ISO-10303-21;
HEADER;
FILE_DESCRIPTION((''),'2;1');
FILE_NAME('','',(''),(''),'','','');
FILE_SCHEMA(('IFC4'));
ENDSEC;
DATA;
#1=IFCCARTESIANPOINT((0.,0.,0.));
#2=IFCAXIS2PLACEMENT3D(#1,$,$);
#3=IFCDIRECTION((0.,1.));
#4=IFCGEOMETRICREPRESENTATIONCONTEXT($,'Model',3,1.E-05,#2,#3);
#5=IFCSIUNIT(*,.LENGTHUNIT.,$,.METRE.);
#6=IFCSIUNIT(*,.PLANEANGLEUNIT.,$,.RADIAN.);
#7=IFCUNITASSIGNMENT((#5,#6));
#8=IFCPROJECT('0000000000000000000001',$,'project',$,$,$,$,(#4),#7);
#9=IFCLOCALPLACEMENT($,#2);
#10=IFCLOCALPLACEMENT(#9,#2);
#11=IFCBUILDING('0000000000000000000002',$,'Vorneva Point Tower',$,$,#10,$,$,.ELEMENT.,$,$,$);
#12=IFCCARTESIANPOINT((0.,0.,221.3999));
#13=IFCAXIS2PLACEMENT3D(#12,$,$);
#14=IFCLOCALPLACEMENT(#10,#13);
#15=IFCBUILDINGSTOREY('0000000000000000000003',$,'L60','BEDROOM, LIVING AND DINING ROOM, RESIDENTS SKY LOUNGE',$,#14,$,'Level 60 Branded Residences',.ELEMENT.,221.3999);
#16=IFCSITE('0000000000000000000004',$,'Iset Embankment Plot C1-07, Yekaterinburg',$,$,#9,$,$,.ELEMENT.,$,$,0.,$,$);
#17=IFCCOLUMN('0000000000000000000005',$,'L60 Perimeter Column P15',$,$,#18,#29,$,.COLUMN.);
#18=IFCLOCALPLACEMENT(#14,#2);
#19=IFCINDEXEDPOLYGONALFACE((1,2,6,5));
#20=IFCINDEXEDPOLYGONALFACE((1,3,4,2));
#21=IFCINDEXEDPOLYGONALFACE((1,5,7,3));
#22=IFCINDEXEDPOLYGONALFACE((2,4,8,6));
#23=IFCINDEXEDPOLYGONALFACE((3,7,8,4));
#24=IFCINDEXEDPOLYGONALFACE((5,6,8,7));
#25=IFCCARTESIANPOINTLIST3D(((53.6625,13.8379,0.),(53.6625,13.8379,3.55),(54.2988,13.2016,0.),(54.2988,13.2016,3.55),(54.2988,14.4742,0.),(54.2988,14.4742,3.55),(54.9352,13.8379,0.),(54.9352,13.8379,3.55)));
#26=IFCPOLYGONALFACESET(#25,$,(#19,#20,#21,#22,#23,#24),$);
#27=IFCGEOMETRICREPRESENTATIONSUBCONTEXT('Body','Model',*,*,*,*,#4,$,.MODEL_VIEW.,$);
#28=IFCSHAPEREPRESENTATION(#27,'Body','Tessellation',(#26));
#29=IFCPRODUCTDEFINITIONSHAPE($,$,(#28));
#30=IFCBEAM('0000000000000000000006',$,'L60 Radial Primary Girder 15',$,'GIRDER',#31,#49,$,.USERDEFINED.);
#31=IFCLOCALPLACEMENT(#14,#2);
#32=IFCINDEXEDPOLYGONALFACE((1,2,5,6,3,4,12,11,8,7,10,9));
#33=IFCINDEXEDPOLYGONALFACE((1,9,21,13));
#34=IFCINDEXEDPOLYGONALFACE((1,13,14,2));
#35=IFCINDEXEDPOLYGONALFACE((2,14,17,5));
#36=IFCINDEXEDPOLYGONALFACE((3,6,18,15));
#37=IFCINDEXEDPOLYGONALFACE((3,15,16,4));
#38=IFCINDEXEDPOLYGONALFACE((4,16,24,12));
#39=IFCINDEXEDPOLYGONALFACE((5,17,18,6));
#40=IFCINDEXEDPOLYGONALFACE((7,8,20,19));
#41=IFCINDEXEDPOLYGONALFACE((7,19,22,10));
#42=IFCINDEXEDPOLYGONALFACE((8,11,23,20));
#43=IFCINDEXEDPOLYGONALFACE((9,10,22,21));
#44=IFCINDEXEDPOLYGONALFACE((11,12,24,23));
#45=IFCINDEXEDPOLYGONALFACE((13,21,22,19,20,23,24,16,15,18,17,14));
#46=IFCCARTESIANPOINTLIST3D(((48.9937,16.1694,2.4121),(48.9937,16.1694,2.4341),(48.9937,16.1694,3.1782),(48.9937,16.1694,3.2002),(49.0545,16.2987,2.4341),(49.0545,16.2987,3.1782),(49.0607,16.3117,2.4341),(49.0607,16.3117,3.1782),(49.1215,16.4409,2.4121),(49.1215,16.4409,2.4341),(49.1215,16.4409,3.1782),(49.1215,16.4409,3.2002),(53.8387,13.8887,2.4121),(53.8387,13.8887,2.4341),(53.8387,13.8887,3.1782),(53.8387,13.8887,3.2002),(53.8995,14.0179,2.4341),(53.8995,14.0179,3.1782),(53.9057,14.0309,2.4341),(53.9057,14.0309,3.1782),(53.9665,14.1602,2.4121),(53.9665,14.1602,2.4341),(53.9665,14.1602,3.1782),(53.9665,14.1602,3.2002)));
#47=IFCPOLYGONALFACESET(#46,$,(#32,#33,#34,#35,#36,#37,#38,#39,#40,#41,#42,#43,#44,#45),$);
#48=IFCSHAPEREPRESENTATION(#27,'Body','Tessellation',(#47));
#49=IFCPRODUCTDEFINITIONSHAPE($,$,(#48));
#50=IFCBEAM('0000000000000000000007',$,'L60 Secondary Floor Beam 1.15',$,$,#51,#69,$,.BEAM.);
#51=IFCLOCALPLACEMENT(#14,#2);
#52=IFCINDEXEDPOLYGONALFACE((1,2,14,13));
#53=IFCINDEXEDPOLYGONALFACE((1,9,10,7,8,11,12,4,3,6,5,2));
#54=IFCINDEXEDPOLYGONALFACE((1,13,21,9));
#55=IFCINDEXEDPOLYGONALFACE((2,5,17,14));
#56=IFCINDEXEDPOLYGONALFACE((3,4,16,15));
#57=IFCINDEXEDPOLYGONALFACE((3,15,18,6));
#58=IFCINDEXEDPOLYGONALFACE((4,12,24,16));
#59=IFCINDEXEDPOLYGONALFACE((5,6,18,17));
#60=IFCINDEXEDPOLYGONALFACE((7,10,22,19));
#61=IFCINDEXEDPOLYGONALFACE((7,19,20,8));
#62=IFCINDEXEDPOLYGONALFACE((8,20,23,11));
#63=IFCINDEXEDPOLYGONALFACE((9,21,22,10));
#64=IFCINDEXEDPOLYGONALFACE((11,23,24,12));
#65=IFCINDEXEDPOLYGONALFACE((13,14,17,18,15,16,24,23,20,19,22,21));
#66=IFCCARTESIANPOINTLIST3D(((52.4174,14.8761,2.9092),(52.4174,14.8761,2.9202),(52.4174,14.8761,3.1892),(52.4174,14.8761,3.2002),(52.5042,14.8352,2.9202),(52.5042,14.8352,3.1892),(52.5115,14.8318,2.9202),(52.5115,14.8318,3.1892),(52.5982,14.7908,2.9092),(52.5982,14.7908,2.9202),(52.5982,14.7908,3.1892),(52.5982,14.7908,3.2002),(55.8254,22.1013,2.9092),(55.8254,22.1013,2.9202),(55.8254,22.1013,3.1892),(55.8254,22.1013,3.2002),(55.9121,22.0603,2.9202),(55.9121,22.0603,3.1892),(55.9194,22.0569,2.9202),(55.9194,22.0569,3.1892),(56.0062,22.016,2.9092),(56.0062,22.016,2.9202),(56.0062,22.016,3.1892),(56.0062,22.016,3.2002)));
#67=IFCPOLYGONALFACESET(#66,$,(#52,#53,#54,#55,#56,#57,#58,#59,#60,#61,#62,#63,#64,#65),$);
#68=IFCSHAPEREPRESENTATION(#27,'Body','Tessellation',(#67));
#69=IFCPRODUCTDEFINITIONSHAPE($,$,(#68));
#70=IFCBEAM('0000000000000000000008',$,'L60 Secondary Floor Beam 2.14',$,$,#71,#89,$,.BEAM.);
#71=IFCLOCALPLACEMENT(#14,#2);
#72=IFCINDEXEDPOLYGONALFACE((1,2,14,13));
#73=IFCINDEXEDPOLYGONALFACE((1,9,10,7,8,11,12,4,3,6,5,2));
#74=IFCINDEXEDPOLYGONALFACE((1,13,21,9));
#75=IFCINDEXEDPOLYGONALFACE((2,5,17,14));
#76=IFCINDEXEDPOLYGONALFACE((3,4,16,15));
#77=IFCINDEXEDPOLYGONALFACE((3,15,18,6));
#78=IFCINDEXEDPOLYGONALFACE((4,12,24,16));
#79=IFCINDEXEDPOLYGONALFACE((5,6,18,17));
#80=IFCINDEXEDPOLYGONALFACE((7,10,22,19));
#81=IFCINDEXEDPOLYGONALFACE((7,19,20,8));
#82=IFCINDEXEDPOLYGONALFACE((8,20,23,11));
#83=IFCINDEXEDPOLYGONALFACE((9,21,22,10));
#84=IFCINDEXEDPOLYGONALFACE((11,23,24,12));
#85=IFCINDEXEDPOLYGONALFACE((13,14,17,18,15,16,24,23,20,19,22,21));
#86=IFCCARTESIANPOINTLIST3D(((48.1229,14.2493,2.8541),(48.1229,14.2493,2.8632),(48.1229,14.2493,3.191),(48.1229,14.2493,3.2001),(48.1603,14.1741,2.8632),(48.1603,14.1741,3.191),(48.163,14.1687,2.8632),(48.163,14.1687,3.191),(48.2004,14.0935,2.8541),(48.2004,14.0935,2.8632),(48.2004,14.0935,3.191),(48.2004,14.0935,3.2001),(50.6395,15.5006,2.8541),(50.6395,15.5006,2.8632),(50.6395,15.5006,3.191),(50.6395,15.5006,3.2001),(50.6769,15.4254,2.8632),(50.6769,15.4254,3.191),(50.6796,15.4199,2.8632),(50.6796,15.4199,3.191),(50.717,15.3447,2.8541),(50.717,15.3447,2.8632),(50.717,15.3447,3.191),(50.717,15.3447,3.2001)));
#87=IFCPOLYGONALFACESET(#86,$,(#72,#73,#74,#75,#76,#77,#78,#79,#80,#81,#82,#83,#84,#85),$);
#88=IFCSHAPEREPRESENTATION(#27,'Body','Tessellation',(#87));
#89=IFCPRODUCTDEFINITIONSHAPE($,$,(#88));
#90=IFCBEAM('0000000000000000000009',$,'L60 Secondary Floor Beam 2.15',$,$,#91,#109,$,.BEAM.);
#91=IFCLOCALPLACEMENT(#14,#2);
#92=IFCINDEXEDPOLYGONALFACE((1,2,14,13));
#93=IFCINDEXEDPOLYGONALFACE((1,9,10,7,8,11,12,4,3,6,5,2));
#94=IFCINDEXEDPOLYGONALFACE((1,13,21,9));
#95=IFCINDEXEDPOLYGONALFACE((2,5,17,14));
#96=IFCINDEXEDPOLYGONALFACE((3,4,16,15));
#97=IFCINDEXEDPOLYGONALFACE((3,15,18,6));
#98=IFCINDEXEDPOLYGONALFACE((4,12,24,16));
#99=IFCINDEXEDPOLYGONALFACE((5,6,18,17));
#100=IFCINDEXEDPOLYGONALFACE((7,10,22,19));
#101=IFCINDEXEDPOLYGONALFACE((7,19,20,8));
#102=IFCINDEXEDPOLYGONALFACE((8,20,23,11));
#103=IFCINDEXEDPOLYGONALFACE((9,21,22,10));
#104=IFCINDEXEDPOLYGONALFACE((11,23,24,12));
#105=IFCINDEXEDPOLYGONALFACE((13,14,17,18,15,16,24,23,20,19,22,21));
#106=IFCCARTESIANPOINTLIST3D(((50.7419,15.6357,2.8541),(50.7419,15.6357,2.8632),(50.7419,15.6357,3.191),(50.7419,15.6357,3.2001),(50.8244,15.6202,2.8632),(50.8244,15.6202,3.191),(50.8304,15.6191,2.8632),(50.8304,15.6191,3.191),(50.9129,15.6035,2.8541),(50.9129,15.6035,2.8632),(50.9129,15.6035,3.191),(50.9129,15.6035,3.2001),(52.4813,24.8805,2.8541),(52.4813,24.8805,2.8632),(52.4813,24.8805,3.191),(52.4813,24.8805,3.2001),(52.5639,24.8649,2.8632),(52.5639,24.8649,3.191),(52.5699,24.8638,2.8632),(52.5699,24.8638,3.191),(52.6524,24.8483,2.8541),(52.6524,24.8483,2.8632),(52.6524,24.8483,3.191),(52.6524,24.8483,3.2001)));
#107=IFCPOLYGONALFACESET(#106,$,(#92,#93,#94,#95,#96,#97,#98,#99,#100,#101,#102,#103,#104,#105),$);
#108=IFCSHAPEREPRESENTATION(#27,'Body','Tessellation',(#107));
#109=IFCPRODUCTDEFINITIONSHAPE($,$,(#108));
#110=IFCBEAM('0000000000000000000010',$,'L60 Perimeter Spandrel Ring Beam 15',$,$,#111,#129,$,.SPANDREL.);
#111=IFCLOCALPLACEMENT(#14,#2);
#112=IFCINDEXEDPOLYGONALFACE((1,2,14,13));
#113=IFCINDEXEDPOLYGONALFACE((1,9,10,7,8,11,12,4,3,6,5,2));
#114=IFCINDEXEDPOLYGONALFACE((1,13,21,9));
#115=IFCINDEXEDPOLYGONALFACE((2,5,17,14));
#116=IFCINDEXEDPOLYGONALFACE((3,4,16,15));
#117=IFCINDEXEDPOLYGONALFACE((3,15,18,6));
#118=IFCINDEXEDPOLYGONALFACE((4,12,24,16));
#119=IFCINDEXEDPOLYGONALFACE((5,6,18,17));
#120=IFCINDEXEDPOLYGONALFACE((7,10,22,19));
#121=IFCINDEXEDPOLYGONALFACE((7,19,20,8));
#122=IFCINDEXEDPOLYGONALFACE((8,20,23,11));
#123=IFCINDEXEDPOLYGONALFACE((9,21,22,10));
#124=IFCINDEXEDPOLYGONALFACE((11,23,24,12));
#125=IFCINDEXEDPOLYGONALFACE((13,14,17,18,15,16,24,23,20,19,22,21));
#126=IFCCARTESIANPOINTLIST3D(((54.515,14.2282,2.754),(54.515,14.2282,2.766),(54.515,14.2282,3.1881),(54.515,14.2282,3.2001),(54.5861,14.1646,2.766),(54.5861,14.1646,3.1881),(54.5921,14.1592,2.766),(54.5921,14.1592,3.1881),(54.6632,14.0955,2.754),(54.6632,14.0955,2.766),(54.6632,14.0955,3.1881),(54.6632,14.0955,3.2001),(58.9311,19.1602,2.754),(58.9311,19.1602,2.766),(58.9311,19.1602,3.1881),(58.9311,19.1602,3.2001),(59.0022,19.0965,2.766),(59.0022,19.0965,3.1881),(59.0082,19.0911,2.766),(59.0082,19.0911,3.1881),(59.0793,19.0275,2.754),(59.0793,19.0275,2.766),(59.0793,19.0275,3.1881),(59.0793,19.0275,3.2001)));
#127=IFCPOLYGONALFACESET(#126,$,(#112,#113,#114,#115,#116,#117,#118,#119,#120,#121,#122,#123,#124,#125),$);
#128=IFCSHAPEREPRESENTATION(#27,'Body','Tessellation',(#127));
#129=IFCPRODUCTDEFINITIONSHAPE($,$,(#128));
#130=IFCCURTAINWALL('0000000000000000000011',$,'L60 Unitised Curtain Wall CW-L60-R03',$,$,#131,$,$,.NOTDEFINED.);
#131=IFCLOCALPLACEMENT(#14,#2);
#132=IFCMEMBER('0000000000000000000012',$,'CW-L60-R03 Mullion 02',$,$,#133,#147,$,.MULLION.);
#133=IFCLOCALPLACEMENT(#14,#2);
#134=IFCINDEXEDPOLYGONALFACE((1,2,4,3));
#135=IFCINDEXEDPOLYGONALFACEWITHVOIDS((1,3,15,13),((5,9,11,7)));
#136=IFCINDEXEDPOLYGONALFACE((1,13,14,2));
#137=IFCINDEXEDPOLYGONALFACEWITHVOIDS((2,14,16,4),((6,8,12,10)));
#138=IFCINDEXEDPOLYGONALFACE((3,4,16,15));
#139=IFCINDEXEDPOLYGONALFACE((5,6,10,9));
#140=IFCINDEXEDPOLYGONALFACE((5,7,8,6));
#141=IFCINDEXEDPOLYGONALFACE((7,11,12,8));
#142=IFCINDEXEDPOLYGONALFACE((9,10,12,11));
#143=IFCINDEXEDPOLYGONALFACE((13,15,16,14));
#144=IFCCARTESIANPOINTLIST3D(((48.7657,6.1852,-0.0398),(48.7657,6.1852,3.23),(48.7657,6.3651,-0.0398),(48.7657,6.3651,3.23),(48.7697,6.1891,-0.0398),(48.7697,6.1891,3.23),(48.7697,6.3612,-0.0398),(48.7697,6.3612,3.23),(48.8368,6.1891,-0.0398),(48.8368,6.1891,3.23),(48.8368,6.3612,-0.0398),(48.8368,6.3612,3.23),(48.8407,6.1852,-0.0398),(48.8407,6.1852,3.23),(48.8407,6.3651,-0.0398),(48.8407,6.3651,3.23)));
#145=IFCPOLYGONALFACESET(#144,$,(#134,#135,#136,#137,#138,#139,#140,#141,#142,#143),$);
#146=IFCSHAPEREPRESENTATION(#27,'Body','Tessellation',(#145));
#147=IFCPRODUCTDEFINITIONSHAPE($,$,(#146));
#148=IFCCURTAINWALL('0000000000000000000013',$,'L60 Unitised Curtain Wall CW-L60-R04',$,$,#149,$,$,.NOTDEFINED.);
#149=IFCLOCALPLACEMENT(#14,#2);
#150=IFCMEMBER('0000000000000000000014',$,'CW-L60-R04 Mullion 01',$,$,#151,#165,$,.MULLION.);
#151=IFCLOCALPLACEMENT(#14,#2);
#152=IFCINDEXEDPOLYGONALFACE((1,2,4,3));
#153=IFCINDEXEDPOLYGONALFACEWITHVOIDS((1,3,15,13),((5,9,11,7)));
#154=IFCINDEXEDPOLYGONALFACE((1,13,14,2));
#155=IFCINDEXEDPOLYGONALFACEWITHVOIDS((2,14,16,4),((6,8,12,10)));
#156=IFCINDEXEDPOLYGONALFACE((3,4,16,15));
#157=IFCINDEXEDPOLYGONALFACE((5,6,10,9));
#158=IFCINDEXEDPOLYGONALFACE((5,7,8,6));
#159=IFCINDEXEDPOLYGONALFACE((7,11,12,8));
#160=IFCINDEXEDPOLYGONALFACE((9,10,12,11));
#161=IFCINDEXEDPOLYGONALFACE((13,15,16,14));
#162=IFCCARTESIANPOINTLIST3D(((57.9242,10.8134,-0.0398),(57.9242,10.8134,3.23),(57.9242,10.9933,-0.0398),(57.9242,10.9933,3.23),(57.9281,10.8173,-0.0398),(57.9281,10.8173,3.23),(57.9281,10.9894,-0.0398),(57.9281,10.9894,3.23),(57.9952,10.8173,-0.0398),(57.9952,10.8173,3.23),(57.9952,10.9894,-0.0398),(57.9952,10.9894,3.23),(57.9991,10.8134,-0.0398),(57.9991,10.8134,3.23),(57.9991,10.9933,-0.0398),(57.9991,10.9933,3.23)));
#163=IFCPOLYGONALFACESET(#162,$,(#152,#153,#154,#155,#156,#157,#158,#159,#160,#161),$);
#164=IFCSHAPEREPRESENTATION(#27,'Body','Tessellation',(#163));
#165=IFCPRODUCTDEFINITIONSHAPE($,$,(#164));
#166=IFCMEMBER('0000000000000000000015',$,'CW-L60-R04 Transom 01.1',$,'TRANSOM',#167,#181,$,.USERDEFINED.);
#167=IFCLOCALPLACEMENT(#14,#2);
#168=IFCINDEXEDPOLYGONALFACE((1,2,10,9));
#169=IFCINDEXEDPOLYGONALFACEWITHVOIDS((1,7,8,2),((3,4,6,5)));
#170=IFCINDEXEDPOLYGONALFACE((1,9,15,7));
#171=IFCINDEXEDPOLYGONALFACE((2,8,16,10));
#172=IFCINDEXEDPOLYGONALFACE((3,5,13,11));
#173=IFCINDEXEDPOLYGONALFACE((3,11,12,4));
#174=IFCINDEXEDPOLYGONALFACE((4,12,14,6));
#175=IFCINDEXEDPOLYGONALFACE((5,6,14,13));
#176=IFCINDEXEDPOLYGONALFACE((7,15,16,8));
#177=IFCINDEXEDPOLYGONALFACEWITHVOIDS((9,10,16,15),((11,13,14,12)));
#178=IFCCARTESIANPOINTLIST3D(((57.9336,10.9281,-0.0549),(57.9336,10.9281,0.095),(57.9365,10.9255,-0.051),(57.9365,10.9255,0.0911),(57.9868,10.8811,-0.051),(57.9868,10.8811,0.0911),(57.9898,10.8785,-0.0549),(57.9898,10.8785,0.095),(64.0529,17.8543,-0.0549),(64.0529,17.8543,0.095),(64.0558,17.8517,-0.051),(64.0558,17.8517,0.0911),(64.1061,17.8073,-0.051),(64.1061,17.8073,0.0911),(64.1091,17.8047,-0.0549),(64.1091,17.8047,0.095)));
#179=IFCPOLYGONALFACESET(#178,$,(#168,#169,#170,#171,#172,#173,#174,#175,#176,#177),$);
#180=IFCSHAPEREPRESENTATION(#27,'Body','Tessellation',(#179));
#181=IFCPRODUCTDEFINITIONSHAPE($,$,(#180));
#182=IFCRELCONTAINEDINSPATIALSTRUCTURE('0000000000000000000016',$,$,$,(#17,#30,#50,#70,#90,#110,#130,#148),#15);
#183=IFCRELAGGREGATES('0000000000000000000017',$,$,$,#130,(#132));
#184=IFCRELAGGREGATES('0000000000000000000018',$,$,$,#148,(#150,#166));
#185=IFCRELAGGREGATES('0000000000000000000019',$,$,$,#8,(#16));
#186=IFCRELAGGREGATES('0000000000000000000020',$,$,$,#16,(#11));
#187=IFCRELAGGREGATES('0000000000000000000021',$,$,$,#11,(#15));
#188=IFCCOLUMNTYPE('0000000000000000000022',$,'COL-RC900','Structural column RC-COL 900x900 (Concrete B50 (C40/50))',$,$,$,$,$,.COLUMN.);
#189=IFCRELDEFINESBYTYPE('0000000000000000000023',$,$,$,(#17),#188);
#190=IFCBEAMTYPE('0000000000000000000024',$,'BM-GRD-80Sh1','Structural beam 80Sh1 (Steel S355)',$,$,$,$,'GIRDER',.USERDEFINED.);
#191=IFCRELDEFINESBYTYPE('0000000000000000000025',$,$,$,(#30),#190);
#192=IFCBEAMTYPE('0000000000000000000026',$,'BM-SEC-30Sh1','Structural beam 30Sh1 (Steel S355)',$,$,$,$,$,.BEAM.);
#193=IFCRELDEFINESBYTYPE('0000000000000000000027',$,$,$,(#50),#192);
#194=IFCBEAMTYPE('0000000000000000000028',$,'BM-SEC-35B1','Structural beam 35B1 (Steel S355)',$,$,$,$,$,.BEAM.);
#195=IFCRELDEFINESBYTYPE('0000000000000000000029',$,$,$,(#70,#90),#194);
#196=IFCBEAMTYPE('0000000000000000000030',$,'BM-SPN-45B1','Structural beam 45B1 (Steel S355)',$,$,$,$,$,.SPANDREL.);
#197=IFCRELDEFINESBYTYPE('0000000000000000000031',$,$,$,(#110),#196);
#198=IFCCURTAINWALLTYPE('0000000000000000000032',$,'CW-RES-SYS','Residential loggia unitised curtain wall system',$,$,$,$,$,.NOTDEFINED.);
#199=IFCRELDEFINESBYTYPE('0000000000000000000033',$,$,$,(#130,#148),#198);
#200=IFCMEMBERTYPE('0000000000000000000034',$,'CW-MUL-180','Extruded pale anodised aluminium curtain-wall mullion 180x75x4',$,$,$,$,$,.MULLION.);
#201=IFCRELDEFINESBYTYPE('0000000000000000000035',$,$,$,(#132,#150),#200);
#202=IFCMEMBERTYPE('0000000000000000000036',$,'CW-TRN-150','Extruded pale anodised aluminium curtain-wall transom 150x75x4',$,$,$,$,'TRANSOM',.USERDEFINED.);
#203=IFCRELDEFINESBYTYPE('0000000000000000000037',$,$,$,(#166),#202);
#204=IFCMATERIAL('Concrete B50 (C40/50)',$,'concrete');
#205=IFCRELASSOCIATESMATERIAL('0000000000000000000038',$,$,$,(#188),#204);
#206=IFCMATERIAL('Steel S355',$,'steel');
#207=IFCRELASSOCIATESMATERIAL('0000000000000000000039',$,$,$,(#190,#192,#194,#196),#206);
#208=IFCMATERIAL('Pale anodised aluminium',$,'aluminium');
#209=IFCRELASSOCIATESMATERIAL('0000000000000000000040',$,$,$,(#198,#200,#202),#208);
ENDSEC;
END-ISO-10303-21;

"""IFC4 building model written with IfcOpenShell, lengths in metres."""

from ifc_helpers import new_model, si_unit, direction, frame, origin, origin_2d, place, context, subcontext, project, spatial, rectangle, hollow_rectangle, i_section, extrude, material, material_profile, profile_set, type_object, element, aggregate, save


model = new_model("IFC4")

# Units and contexts
model_context = context("Model", 3, precision=1e-05, world=origin(), true_north=direction((0.0, 1.0)))
body_context = subcontext(model_context, "Body", "Model", "MODEL_VIEW")
ifc_project = project(units=[si_unit("LENGTHUNIT", "METRE"), si_unit("PLANEANGLEUNIT", "RADIAN")], contexts=[model_context])

# Site, building, storey
site_placement = place(None, origin())
site = spatial("IfcSite", under=ifc_project, at=site_placement, Name="Iset Embankment Plot C1-07, Yekaterinburg", CompositionType="ELEMENT", RefElevation=0.0)
building_placement = place(site_placement, origin())
building = spatial("IfcBuilding", under=site, at=building_placement, Name="Vorneva Point Tower", CompositionType="ELEMENT")
storey_placement = place(building_placement, frame((0.0, 0.0, 221.3999)))
storey = spatial("IfcBuildingStorey", under=building, at=storey_placement, Name="L60", Description="BEDROOM, LIVING AND DINING ROOM, RESIDENTS SKY LOUNGE", LongName="Level 60 Branded Residences", CompositionType="ELEMENT", Elevation=221.3999)

# Column
ifc_material_1 = material(Name="Concrete B50 (C40/50)", Category="concrete")
ifc_material_profile_1 = material_profile(ifc_material_1, rectangle(XDim=0.8999, YDim=0.8999, at=origin_2d()), Name="RC-COL 900x900")
ifc_profile_set_1 = profile_set([ifc_material_profile_1], Name="Concrete B50 (C40/50)")
column_type = type_object("IfcColumnType", Name="COL-RC900", Description="Structural column RC-COL 900x900 (Concrete B50 (C40/50))", PredefinedType="COLUMN", material=ifc_profile_set_1)
column_placement = place(storey_placement, frame((54.2988, 13.8379, 0.0), z_axis=(0.0, 0.0, 1.0), x_axis=(0.707107, -0.707107, 0.0)))
element("IfcColumn", 1, at=column_placement, inside=storey, type_object=column_type, Name="L60 Perimeter Column P15", PredefinedType="COLUMN", context=body_context, shape_type="SweptSolid", body=[
    extrude(rectangle(XDim=0.8999, YDim=0.8999, at=origin_2d()), origin(), (0.0, 0.0, 1.0), 3.55),
])

# Beams
ifc_material_2 = material(Name="Steel S355", Category="steel")
ifc_material_profile_2 = material_profile(ifc_material_2, i_section(OverallWidth=0.3, OverallDepth=0.7881, WebThickness=0.0144, FlangeThickness=0.022, at=origin_2d()), Name="80Sh1")
ifc_profile_set_2 = profile_set([ifc_material_profile_2], Name="Steel S355")
beam_type_1 = type_object("IfcBeamType", Name="BM-GRD-80Sh1", Description="Structural beam 80Sh1 (Steel S355)", ElementType="GIRDER", PredefinedType="USERDEFINED", material=ifc_profile_set_2)
beam_1_placement = place(storey_placement, frame((53.9026, 14.0244, 2.8062), z_axis=(-0.904763, 0.425916, 0.0), x_axis=(-0.425916, -0.904763, 0.0)))
element("IfcBeam", 2, at=beam_1_placement, inside=storey, type_object=beam_type_1, Name="L60 Radial Primary Girder 15", ObjectType="GIRDER", PredefinedType="USERDEFINED", context=body_context, shape_type="SweptSolid", body=[
    extrude(i_section(OverallWidth=0.3, OverallDepth=0.7881, WebThickness=0.0144, FlangeThickness=0.022, at=origin_2d()), origin(), (0.0, 0.0, 1.0), 5.355),
])
ifc_material_profile_3 = material_profile(ifc_material_2, i_section(OverallWidth=0.2, OverallDepth=0.291, WebThickness=0.0081, FlangeThickness=0.011, at=origin_2d()), Name="30Sh1")
ifc_profile_set_3 = profile_set([ifc_material_profile_3], Name="Steel S355")
beam_type_2 = type_object("IfcBeamType", Name="BM-SEC-30Sh1", Description="Structural beam 30Sh1 (Steel S355)", PredefinedType="BEAM", material=ifc_profile_set_3)
beam_2_placement = place(storey_placement, frame((52.5078, 14.8335, 3.0547), z_axis=(0.426608, 0.904437, 0.0), x_axis=(-0.904437, 0.426608, 0.0)))
element("IfcBeam", 3, at=beam_2_placement, inside=storey, type_object=beam_type_2, Name="L60 Secondary Floor Beam 1.15", PredefinedType="BEAM", context=body_context, shape_type="SweptSolid", body=[
    extrude(i_section(OverallWidth=0.2, OverallDepth=0.291, WebThickness=0.0081, FlangeThickness=0.011, at=origin_2d()), origin(), (0.0, 0.0, 1.0), 7.9885),
])
ifc_material_profile_4 = material_profile(ifc_material_2, i_section(OverallWidth=0.1741, OverallDepth=0.3459, WebThickness=0.0061, FlangeThickness=0.009, at=origin_2d()), Name="35B1")
ifc_profile_set_4 = profile_set([ifc_material_profile_4], Name="Steel S355")
beam_type_3 = type_object("IfcBeamType", Name="BM-SEC-35B1", Description="Structural beam 35B1 (Steel S355)", PredefinedType="BEAM", material=ifc_profile_set_4)
beam_3_placement = place(storey_placement, frame((48.1616, 14.1714, 3.0271), z_axis=(0.895433, 0.445197, 0.0), x_axis=(-0.445197, 0.895433, 0.0)))
element("IfcBeam", 4, at=beam_3_placement, inside=storey, type_object=beam_type_3, Name="L60 Secondary Floor Beam 2.14", PredefinedType="BEAM", context=body_context, shape_type="SweptSolid", body=[
    extrude(i_section(OverallWidth=0.1741, OverallDepth=0.3459, WebThickness=0.0061, FlangeThickness=0.009, at=origin_2d()), origin(), (0.0, 0.0, 1.0), 2.8105),
])
beam_4_placement = place(storey_placement, frame((50.8274, 15.6196, 3.0271), z_axis=(0.184914, 0.982755, 0.0), x_axis=(-0.982755, 0.184914, 0.0)))
element("IfcBeam", 5, at=beam_4_placement, inside=storey, type_object=beam_type_3, Name="L60 Secondary Floor Beam 2.15", PredefinedType="BEAM", context=body_context, shape_type="SweptSolid", body=[
    extrude(i_section(OverallWidth=0.1741, OverallDepth=0.3459, WebThickness=0.0061, FlangeThickness=0.009, at=origin_2d()), origin(), (0.0, 0.0, 1.0), 9.407),
])
ifc_material_profile_5 = material_profile(ifc_material_2, i_section(OverallWidth=0.199, OverallDepth=0.446, WebThickness=0.0081, FlangeThickness=0.012, at=origin_2d()), Name="45B1")
ifc_profile_set_5 = profile_set([ifc_material_profile_5], Name="Steel S355")
beam_type_4 = type_object("IfcBeamType", Name="BM-SPN-45B1", Description="Structural beam 45B1 (Steel S355)", PredefinedType="SPANDREL", material=ifc_profile_set_5)
beam_5_placement = place(storey_placement, frame((54.5891, 14.1619, 2.9771), z_axis=(0.66707, 0.744995, 0.0), x_axis=(-0.744995, 0.66707, 0.0)))
element("IfcBeam", 6, at=beam_5_placement, inside=storey, type_object=beam_type_4, Name="L60 Perimeter Spandrel Ring Beam 15", PredefinedType="SPANDREL", context=body_context, shape_type="SweptSolid", body=[
    extrude(i_section(OverallWidth=0.199, OverallDepth=0.446, WebThickness=0.0081, FlangeThickness=0.012, at=origin_2d()), origin(), (0.0, 0.0, 1.0), 6.6201),
])

# Curtain wall, member
ifc_material_3 = material(Name="Pale anodised aluminium", Category="aluminium")
curtain_wall_type = type_object("IfcCurtainWallType", Name="CW-RES-SYS", Description="Residential loggia unitised curtain wall system", PredefinedType="NOTDEFINED", material=ifc_material_3)
curtain_wall_1_placement = place(storey_placement, origin())
curtain_wall_1 = element("IfcCurtainWall", 7, at=curtain_wall_1_placement, inside=storey, type_object=curtain_wall_type, Name="L60 Unitised Curtain Wall CW-L60-R03", PredefinedType="NOTDEFINED")
ifc_material_profile_6 = material_profile(ifc_material_3, hollow_rectangle(XDim=0.075, YDim=0.1799, WallThickness=0.0039, at=origin_2d()), Name="AL-MUL 180x75x4")
ifc_profile_set_6 = profile_set([ifc_material_profile_6], Name="Pale anodised aluminium")
member_type_1 = type_object("IfcMemberType", Name="CW-MUL-180", Description="Extruded pale anodised aluminium curtain-wall mullion 180x75x4", PredefinedType="MULLION", material=ifc_profile_set_6)
member_1_placement = place(storey_placement, frame((48.8032, 6.2751, -0.0398), z_axis=(0.0, 0.0, 1.0), x_axis=(1.0, 0.0, 0.0)))
member_1 = element("IfcMember", 8, at=member_1_placement, type_object=member_type_1, Name="CW-L60-R03 Mullion 02", PredefinedType="MULLION", context=body_context, shape_type="SweptSolid", body=[
    extrude(hollow_rectangle(XDim=0.075, YDim=0.1799, WallThickness=0.0039, at=origin_2d()), origin(), (0.0, 0.0, 1.0), 3.2698),
])
aggregate(curtain_wall_1, [member_1])

# Curtain wall, members
curtain_wall_2_placement = place(storey_placement, origin())
curtain_wall_2 = element("IfcCurtainWall", 9, at=curtain_wall_2_placement, inside=storey, type_object=curtain_wall_type, Name="L60 Unitised Curtain Wall CW-L60-R04", PredefinedType="NOTDEFINED")
member_2_placement = place(storey_placement, frame((57.9617, 10.9033, -0.0398), z_axis=(0.0, 0.0, 1.0), x_axis=(1.0, 0.0, 0.0)))
member_2 = element("IfcMember", 10, at=member_2_placement, type_object=member_type_1, Name="CW-L60-R04 Mullion 01", PredefinedType="MULLION", context=body_context, shape_type="SweptSolid", body=[
    extrude(hollow_rectangle(XDim=0.075, YDim=0.1799, WallThickness=0.0039, at=origin_2d()), origin(), (0.0, 0.0, 1.0), 3.2698),
])
ifc_material_profile_7 = material_profile(ifc_material_3, hollow_rectangle(XDim=0.075, YDim=0.1499, WallThickness=0.0039, at=origin_2d()), Name="AL-TRN 150x75x4")
ifc_profile_set_7 = profile_set([ifc_material_profile_7], Name="Pale anodised aluminium")
member_type_2 = type_object("IfcMemberType", Name="CW-TRN-150", Description="Extruded pale anodised aluminium curtain-wall transom 150x75x4", ElementType="TRANSOM", PredefinedType="USERDEFINED", material=ifc_profile_set_7)
member_3_placement = place(storey_placement, frame((57.9617, 10.9033, 0.02), z_axis=(0.662106, 0.74941, 0.0), x_axis=(-0.74941, 0.662106, 0.0)))
member_3 = element("IfcMember", 11, at=member_3_placement, type_object=member_type_2, Name="CW-L60-R04 Transom 01.1", ObjectType="TRANSOM", PredefinedType="USERDEFINED", context=body_context, shape_type="SweptSolid", body=[
    extrude(hollow_rectangle(XDim=0.075, YDim=0.1499, WallThickness=0.0039, at=origin_2d()), origin(), (0.0, 0.0, 1.0), 9.2422),
])
aggregate(curtain_wall_2, [member_2, member_3])

save(model, "model.ifc")
